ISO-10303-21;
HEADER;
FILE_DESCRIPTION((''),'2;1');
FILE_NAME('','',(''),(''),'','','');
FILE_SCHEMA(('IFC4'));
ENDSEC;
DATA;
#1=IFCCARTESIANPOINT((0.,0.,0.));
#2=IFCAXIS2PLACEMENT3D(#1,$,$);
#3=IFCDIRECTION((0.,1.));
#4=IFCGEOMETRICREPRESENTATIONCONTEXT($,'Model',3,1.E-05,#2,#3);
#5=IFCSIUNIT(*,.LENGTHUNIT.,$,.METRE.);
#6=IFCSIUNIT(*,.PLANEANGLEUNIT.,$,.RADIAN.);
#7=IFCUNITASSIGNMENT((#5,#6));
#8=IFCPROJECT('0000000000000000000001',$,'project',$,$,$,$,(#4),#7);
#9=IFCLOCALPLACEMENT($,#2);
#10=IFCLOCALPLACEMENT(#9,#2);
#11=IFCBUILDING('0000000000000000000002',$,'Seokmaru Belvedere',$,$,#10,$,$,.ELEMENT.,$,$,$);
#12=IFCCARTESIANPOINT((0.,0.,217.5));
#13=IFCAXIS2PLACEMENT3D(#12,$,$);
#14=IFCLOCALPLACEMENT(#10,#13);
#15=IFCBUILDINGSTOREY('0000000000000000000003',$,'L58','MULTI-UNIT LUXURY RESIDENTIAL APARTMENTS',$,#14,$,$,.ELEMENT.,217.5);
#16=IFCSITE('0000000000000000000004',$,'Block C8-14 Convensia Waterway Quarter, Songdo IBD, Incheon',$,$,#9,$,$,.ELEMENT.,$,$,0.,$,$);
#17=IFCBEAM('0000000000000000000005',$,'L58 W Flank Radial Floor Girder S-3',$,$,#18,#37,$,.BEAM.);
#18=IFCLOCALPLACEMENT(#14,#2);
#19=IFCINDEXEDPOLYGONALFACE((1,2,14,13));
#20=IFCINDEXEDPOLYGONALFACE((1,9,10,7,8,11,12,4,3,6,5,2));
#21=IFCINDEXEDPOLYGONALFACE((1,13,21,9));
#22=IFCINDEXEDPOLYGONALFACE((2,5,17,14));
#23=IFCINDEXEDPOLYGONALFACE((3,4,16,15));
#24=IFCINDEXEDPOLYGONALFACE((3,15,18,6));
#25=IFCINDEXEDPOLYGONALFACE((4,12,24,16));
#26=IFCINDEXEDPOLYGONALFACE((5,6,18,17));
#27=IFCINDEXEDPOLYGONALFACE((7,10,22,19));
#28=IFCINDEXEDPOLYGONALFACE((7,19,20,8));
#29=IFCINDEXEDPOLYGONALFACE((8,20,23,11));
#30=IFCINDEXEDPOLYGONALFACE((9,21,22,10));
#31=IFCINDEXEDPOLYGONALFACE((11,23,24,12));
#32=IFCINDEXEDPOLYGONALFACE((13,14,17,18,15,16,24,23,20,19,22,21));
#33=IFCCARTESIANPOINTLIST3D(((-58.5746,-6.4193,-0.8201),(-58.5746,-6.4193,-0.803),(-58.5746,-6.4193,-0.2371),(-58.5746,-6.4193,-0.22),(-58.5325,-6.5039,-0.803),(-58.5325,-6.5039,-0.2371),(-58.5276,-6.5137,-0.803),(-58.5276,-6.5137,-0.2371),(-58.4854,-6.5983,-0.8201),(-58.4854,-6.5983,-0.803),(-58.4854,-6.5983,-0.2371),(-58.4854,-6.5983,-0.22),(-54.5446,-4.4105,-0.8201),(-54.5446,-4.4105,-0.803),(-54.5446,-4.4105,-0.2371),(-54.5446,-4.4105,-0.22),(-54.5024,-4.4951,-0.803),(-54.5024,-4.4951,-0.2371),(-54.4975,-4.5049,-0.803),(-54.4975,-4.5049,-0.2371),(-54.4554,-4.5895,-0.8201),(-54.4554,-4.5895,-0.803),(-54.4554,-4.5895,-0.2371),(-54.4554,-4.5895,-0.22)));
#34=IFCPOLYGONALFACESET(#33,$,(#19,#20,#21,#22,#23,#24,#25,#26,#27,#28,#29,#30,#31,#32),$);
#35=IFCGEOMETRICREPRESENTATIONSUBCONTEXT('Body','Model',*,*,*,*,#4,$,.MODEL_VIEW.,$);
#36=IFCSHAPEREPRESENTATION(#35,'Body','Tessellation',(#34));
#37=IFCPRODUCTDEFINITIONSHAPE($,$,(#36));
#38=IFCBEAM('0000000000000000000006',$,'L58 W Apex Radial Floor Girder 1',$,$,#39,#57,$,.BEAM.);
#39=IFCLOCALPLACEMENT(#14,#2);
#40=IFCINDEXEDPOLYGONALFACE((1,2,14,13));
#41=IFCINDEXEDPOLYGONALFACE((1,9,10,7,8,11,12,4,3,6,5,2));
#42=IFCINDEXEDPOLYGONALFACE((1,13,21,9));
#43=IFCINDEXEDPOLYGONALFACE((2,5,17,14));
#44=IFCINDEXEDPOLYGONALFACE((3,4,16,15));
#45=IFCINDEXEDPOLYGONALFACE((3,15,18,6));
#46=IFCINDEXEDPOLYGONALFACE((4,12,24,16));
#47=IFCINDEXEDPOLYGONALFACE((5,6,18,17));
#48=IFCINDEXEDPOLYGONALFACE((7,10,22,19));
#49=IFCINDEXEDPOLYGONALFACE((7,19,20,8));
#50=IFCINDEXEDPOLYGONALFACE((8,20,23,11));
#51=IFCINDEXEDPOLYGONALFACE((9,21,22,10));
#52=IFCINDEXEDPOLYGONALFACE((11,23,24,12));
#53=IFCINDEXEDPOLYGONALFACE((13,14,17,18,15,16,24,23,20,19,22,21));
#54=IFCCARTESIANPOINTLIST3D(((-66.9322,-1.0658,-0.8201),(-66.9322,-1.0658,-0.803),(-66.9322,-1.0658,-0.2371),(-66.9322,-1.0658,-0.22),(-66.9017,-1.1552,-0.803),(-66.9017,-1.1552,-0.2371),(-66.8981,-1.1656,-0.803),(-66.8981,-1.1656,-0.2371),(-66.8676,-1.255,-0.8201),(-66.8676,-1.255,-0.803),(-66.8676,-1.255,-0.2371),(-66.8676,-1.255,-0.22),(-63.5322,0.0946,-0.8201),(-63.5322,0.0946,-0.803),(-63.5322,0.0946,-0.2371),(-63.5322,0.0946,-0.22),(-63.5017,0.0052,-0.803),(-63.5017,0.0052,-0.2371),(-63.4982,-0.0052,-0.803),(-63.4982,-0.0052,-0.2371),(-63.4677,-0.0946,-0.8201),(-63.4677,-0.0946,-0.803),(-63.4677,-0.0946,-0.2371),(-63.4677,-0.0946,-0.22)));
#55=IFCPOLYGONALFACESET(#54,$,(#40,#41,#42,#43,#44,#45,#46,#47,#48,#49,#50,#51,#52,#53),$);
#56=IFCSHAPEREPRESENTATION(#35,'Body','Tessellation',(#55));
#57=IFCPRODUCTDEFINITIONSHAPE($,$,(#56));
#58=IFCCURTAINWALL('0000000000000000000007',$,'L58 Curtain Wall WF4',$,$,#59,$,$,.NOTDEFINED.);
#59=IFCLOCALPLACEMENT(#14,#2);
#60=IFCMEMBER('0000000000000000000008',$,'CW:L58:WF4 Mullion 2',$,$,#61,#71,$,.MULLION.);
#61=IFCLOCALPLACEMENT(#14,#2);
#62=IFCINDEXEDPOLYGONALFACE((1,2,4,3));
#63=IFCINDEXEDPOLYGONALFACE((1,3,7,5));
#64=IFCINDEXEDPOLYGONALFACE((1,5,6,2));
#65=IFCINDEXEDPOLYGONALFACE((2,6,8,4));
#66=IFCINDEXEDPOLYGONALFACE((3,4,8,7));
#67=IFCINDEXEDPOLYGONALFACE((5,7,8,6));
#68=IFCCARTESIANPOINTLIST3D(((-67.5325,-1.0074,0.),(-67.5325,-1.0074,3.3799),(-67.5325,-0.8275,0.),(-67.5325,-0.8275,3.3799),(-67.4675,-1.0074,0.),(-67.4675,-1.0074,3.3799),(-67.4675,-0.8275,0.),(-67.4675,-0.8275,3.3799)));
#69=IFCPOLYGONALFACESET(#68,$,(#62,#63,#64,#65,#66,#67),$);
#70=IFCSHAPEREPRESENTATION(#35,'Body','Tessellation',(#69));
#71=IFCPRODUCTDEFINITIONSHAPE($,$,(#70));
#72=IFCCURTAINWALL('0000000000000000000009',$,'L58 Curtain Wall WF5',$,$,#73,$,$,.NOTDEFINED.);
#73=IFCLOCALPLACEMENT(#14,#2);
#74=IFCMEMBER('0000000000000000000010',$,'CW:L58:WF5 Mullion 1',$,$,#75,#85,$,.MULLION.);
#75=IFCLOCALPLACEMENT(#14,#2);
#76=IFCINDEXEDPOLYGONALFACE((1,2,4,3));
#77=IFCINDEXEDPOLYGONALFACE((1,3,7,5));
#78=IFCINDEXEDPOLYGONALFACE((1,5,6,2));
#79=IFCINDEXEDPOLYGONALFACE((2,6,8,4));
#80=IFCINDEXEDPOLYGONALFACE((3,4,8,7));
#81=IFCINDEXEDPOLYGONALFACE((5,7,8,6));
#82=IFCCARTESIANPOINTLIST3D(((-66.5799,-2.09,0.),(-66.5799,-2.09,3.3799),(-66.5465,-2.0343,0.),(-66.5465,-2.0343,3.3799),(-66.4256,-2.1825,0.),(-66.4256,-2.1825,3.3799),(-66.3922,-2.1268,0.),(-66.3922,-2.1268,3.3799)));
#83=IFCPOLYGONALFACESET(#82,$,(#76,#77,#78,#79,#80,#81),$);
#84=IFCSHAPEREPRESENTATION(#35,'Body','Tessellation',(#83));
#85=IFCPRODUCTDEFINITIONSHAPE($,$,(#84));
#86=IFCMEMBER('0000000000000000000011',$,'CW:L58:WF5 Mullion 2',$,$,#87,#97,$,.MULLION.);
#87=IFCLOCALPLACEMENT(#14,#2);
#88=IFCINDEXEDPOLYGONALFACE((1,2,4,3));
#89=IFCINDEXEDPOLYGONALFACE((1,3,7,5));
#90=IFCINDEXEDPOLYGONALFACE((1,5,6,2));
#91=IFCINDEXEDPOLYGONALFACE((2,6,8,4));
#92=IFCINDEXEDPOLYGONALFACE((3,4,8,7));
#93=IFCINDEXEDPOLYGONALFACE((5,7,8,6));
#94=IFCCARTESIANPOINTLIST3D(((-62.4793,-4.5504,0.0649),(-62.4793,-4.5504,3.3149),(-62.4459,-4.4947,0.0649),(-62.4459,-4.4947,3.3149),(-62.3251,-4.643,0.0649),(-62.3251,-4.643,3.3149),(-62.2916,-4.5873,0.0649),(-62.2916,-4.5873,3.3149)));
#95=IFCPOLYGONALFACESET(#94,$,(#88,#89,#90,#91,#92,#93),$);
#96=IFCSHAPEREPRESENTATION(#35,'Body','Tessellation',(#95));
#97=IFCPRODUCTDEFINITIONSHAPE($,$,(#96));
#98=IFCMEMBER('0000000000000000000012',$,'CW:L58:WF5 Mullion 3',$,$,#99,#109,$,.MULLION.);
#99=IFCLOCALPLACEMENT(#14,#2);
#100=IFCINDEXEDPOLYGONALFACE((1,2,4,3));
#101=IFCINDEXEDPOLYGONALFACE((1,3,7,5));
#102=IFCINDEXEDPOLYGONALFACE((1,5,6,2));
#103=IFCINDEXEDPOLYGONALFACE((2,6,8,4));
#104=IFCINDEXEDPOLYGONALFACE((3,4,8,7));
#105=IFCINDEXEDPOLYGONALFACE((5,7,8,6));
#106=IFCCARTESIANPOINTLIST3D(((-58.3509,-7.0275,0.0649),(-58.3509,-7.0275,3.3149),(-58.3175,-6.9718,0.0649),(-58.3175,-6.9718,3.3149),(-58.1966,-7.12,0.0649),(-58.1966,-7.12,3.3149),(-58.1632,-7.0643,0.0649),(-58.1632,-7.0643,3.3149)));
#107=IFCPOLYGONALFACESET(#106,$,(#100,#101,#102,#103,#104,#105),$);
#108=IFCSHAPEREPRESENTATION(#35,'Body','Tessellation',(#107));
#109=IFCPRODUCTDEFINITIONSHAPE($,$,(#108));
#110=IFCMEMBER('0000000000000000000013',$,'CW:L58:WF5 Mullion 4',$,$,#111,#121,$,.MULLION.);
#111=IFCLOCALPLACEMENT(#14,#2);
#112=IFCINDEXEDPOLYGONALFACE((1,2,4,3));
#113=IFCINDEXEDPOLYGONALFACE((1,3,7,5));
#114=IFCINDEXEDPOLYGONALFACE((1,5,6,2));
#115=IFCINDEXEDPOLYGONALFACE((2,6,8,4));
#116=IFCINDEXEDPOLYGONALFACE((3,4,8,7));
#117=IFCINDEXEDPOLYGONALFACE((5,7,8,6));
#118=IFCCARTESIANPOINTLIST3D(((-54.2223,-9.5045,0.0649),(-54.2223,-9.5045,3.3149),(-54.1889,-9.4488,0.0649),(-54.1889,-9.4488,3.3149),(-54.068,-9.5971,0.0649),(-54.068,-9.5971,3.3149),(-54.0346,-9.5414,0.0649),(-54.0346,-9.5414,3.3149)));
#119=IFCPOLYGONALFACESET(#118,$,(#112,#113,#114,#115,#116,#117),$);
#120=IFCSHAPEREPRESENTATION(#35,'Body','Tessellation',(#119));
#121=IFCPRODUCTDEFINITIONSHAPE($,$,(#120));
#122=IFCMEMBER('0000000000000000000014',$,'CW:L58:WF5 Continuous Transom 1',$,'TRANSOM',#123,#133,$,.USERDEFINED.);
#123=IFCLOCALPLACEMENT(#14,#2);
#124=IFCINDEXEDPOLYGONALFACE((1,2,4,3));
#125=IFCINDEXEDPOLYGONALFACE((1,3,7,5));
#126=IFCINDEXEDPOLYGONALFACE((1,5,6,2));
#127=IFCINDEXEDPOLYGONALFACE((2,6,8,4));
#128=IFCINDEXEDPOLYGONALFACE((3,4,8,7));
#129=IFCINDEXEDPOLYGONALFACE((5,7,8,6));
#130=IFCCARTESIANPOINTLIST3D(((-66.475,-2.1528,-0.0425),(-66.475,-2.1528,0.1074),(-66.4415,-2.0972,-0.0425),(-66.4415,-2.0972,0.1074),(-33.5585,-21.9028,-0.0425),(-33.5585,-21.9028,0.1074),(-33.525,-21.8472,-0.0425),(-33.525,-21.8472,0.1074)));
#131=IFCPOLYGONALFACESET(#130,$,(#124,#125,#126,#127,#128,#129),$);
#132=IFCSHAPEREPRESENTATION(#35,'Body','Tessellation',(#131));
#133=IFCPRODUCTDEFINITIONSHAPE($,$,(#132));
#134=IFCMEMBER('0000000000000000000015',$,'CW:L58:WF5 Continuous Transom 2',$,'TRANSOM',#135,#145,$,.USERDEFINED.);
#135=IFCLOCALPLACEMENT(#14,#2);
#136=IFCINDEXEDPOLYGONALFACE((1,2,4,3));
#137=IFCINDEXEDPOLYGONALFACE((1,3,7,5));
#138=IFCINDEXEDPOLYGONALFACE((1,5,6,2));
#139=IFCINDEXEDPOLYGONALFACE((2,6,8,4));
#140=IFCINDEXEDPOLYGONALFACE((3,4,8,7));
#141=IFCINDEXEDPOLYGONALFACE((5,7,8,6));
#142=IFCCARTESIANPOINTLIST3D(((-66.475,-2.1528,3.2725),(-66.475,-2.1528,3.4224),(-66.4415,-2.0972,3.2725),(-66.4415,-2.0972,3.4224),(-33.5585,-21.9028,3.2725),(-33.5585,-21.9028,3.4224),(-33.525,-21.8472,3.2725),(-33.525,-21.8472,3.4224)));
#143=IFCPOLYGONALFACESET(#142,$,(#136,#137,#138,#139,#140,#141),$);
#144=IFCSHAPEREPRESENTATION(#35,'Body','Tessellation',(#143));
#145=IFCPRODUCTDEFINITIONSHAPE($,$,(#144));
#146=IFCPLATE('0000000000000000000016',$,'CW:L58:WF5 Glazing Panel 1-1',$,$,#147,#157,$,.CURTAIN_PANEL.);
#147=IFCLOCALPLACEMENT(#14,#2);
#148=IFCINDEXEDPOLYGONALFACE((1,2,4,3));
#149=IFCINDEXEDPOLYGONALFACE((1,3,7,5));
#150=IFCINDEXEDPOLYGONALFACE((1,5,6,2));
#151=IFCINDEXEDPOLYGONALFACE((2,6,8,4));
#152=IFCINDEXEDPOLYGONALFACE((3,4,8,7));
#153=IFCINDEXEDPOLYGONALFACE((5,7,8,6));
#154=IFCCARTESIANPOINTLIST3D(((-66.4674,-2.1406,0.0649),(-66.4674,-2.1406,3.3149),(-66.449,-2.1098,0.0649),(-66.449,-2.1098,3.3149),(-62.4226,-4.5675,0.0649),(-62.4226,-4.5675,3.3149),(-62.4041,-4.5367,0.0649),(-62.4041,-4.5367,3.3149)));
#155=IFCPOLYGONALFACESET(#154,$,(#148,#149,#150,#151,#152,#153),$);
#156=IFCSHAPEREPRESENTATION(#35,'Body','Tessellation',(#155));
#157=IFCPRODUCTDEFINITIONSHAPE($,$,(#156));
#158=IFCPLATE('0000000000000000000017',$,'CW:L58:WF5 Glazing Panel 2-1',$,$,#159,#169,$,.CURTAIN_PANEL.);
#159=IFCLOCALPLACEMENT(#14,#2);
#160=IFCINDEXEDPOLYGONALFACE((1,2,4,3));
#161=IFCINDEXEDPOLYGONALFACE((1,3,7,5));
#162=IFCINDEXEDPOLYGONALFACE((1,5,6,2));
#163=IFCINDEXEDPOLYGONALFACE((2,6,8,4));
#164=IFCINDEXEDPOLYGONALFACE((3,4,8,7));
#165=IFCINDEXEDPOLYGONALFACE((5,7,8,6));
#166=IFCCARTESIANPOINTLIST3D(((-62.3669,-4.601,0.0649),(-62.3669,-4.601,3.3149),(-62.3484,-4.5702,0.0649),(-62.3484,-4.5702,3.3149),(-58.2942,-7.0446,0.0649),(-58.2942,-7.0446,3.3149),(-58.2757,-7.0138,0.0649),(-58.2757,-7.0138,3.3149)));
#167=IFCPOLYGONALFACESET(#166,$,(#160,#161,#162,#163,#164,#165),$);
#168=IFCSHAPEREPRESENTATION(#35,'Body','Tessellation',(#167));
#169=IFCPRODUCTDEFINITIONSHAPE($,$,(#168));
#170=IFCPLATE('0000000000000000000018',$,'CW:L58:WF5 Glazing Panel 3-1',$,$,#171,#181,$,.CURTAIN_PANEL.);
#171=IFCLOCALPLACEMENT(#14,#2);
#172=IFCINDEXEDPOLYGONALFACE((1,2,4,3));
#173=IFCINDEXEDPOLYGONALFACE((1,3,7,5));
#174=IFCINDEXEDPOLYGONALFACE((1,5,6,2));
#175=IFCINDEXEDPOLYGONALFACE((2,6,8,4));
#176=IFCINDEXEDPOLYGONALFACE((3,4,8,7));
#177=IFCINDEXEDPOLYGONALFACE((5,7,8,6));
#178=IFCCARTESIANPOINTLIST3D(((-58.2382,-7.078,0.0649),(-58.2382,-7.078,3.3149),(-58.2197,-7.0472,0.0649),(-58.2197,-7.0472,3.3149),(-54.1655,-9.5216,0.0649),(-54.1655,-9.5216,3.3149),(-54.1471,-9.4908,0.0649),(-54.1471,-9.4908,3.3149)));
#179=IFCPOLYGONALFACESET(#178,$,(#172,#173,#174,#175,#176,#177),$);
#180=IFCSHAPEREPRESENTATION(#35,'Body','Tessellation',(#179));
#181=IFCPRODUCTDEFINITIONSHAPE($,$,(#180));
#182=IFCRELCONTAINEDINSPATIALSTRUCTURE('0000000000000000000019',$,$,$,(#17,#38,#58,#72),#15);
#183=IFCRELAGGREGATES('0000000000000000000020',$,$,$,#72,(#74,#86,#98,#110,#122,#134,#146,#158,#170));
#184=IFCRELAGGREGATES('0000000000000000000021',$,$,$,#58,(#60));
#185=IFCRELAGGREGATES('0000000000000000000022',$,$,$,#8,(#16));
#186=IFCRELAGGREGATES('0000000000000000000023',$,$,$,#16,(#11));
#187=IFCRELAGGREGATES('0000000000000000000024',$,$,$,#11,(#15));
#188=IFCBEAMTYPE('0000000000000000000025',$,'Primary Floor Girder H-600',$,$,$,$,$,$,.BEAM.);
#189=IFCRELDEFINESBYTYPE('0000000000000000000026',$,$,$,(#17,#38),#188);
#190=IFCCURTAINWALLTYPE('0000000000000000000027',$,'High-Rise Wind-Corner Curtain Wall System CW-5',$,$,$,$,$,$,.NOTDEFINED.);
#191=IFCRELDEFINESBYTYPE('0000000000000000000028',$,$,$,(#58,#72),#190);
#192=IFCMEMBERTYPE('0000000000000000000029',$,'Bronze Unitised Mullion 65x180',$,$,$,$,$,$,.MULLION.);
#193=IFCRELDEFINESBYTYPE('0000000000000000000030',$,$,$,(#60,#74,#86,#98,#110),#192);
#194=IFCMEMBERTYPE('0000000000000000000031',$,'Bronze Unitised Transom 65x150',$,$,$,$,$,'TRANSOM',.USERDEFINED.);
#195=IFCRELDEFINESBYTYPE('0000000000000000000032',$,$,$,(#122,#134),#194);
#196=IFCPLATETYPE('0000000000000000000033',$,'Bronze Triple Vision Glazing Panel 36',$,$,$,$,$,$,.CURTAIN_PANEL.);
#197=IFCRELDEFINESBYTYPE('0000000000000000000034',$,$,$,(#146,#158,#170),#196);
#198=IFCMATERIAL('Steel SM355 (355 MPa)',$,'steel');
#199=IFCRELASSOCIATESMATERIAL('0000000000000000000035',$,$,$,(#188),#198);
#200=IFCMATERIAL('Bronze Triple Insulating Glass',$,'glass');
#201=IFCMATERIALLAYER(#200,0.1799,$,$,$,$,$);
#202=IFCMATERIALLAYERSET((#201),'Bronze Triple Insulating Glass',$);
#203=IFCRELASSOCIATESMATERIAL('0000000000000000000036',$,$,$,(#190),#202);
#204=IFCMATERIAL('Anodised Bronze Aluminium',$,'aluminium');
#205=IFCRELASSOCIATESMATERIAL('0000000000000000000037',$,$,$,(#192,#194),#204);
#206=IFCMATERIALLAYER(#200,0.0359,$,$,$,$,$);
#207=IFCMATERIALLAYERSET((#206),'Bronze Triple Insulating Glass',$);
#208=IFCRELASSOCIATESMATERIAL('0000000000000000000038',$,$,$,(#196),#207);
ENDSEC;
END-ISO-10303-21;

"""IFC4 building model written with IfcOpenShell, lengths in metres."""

from ifc_helpers import new_model, si_unit, direction, frame, origin, origin_2d, place, context, subcontext, project, spatial, rectangle, i_section, extrude, source, transform, mapped, material, layer, layer_set, material_profile, profile_set, type_object, type_shapes, element, aggregate, save


model = new_model("IFC4")

# Units and contexts
model_context = context("Model", 3, precision=1e-05, world=origin(), true_north=direction((0.0, 1.0)))
body_context = subcontext(model_context, "Body", "Model", "MODEL_VIEW")
ifc_project = project(units=[si_unit("LENGTHUNIT", "METRE"), si_unit("PLANEANGLEUNIT", "RADIAN")], contexts=[model_context])

# Site, building, storey
site_placement = place(None, origin())
site = spatial("IfcSite", under=ifc_project, at=site_placement, Name="Block C8-14 Convensia Waterway Quarter, Songdo IBD, Incheon", CompositionType="ELEMENT", RefElevation=0.0)
building_placement = place(site_placement, origin())
building = spatial("IfcBuilding", under=site, at=building_placement, Name="Seokmaru Belvedere", CompositionType="ELEMENT")
storey_placement = place(building_placement, frame((0.0, 0.0, 217.5)))
storey = spatial("IfcBuildingStorey", under=building, at=storey_placement, Name="L58", Description="MULTI-UNIT LUXURY RESIDENTIAL APARTMENTS", CompositionType="ELEMENT", Elevation=217.5)

# Shared definitions
ifc_material_1 = material(Name="Steel SM355 (355 MPa)", Category="steel")

# Beams
ifc_material_profile_1 = material_profile(ifc_material_1, i_section(OverallWidth=0.2, OverallDepth=0.6001, WebThickness=0.011, FlangeThickness=0.0171, at=origin_2d()), Name="H-600x200x11x17")
ifc_profile_set_1 = profile_set([ifc_material_profile_1], Name="Steel SM355 (355 MPa)")
beam_type_1 = type_object("IfcBeamType", Name="Primary Floor Girder H-600", PredefinedType="BEAM", material=ifc_profile_set_1)
shared_shape_1 = source(origin(), body_context, "Body", "SweptSolid", [
    extrude(i_section(OverallWidth=0.2, OverallDepth=0.6001, WebThickness=0.011, FlangeThickness=0.0171, at=origin_2d()), origin(), (0.0, 0.0, 1.0), 4.5029),
])
beam_1_placement = place(storey_placement, frame((-58.53, -6.5088, -0.52), z_axis=(0.89498, 0.446107, 0.0), x_axis=(-0.446107, 0.89498, 0.0)))
element("IfcBeam", 1, at=beam_1_placement, inside=storey, type_object=beam_type_1, Name="L58 W Flank Radial Floor Girder S-3", PredefinedType="BEAM", context=body_context, shape_type="MappedRepresentation", body=[
    mapped(shared_shape_1, transform((0.0, 0.0, 0.0), scale=1.0)),
])
shared_shape_2 = source(origin(), body_context, "Body", "SweptSolid", [
    extrude(i_section(OverallWidth=0.2, OverallDepth=0.6001, WebThickness=0.011, FlangeThickness=0.0171, at=origin_2d()), origin(), (0.0, 0.0, 1.0), 3.5925),
])
beam_2_placement = place(storey_placement, frame((-66.8999, -1.1604, -0.52), z_axis=(0.946396, 0.323009, 0.0), x_axis=(-0.323009, 0.946396, 0.0)))
element("IfcBeam", 2, at=beam_2_placement, inside=storey, type_object=beam_type_1, Name="L58 W Apex Radial Floor Girder 1", PredefinedType="BEAM", context=body_context, shape_type="MappedRepresentation", body=[
    mapped(shared_shape_2, transform((0.0, 0.0, 0.0), scale=1.0)),
])

# Curtain wall, member
ifc_material_2 = material(Name="Bronze Triple Insulating Glass", Category="glass")
ifc_layer_1 = layer(ifc_material_2, 0.1799)
ifc_layer_set_1 = layer_set([ifc_layer_1], Name="Bronze Triple Insulating Glass")
curtain_wall_type = type_object("IfcCurtainWallType", Name="High-Rise Wind-Corner Curtain Wall System CW-5", PredefinedType="NOTDEFINED", material=ifc_layer_set_1)
curtain_wall_1_placement = place(storey_placement, origin())
curtain_wall_1 = element("IfcCurtainWall", 3, at=curtain_wall_1_placement, inside=storey, type_object=curtain_wall_type, Name="L58 Curtain Wall WF4", PredefinedType="NOTDEFINED")
ifc_material_3 = material(Name="Anodised Bronze Aluminium", Category="aluminium")
ifc_material_profile_2 = material_profile(ifc_material_3, rectangle(XDim=0.0649, YDim=0.1799, at=origin_2d()), Name="CW-M-65x180")
ifc_profile_set_2 = profile_set([ifc_material_profile_2], Name="Anodised Bronze Aluminium")
member_type_1 = type_object("IfcMemberType", Name="Bronze Unitised Mullion 65x180", PredefinedType="MULLION", material=ifc_profile_set_2)
shared_shape_3 = source(origin(), body_context, "Body", "SweptSolid", [
    extrude(rectangle(XDim=0.0649, YDim=0.1799, at=origin_2d()), origin(), (0.0, 0.0, 1.0), 3.3799),
])
member_1_placement = place(storey_placement, frame((-67.5, -0.9175, 0.0), z_axis=(0.0, 0.0, 1.0), x_axis=(1.0, 0.0, 0.0)))
member_1 = element("IfcMember", 4, at=member_1_placement, type_object=member_type_1, Name="CW:L58:WF4 Mullion 2", PredefinedType="MULLION", context=body_context, shape_type="MappedRepresentation", body=[
    mapped(shared_shape_3, transform((0.0, 0.0, 0.0), scale=1.0)),
])

# Curtain wall, members, plates
curtain_wall_2_placement = place(storey_placement, origin())
curtain_wall_2 = element("IfcCurtainWall", 5, at=curtain_wall_2_placement, inside=storey, type_object=curtain_wall_type, Name="L58 Curtain Wall WF5", PredefinedType="NOTDEFINED")
member_2_placement = place(storey_placement, frame((-66.4861, -2.1084, 0.0), z_axis=(0.0, 0.0, 1.0), x_axis=(0.514495, 0.857493, 0.0)))
member_2 = element("IfcMember", 6, at=member_2_placement, type_object=member_type_1, Name="CW:L58:WF5 Mullion 1", PredefinedType="MULLION", context=body_context, shape_type="MappedRepresentation", body=[
    mapped(shared_shape_3, transform((0.0, 0.0, 0.0), scale=1.0)),
])
shared_shape_4 = source(origin(), body_context, "Body", "SweptSolid", [
    extrude(rectangle(XDim=0.0649, YDim=0.1799, at=origin_2d()), origin(), (0.0, 0.0, 1.0), 3.25),
])
type_shapes(member_type_1, [shared_shape_3, shared_shape_4])
member_3_placement = place(storey_placement, frame((-62.3855, -4.5688, 0.0649), z_axis=(0.0, 0.0, 1.0), x_axis=(0.514495, 0.857493, 0.0)))
member_3 = element("IfcMember", 7, at=member_3_placement, type_object=member_type_1, Name="CW:L58:WF5 Mullion 2", PredefinedType="MULLION", context=body_context, shape_type="MappedRepresentation", body=[
    mapped(shared_shape_4, transform((0.0, 0.0, 0.0), scale=1.0)),
])
member_4_placement = place(storey_placement, frame((-58.2571, -7.0459, 0.0649), z_axis=(0.0, 0.0, 1.0), x_axis=(0.514495, 0.857493, 0.0)))
member_4 = element("IfcMember", 8, at=member_4_placement, type_object=member_type_1, Name="CW:L58:WF5 Mullion 3", PredefinedType="MULLION", context=body_context, shape_type="MappedRepresentation", body=[
    mapped(shared_shape_4, transform((0.0, 0.0, 0.0), scale=1.0)),
])
member_5_placement = place(storey_placement, frame((-54.1284, -9.5229, 0.0649), z_axis=(0.0, 0.0, 1.0), x_axis=(0.514495, 0.857493, 0.0)))
member_5 = element("IfcMember", 9, at=member_5_placement, type_object=member_type_1, Name="CW:L58:WF5 Mullion 4", PredefinedType="MULLION", context=body_context, shape_type="MappedRepresentation", body=[
    mapped(shared_shape_4, transform((0.0, 0.0, 0.0), scale=1.0)),
])
ifc_material_profile_3 = material_profile(ifc_material_3, rectangle(XDim=0.0649, YDim=0.1499, at=origin_2d()), Name="CW-T-65x150")
ifc_profile_set_3 = profile_set([ifc_material_profile_3], Name="Anodised Bronze Aluminium")
member_type_2 = type_object("IfcMemberType", Name="Bronze Unitised Transom 65x150", ElementType="TRANSOM", PredefinedType="USERDEFINED", material=ifc_profile_set_3)
shared_shape_5 = source(origin(), body_context, "Body", "SweptSolid", [
    extrude(rectangle(XDim=0.0649, YDim=0.1499, at=origin_2d()), origin(), (0.0, 0.0, 1.0), 38.387),
])
type_shapes(member_type_2, [shared_shape_5])
member_6_placement = place(storey_placement, frame((-66.4583, -2.125, 0.0325), z_axis=(0.857492, -0.514498, 0.0), x_axis=(0.514498, 0.857492, 0.0)))
member_6 = element("IfcMember", 10, at=member_6_placement, type_object=member_type_2, Name="CW:L58:WF5 Continuous Transom 1", ObjectType="TRANSOM", PredefinedType="USERDEFINED", context=body_context, shape_type="MappedRepresentation", body=[
    mapped(shared_shape_5, transform((0.0, 0.0, 0.0), scale=1.0)),
])
member_7_placement = place(storey_placement, frame((-66.4583, -2.125, 3.3474), z_axis=(0.857492, -0.514498, 0.0), x_axis=(0.514498, 0.857492, 0.0)))
member_7 = element("IfcMember", 11, at=member_7_placement, type_object=member_type_2, Name="CW:L58:WF5 Continuous Transom 2", ObjectType="TRANSOM", PredefinedType="USERDEFINED", context=body_context, shape_type="MappedRepresentation", body=[
    mapped(shared_shape_5, transform((0.0, 0.0, 0.0), scale=1.0)),
])
ifc_layer_2 = layer(ifc_material_2, 0.0359)
ifc_layer_set_2 = layer_set([ifc_layer_2], Name="Bronze Triple Insulating Glass")
plate_type = type_object("IfcPlateType", Name="Bronze Triple Vision Glazing Panel 36", PredefinedType="CURTAIN_PANEL", material=ifc_layer_set_2)
shared_shape_6 = source(origin(), body_context, "Body", "SweptSolid", [
    extrude(rectangle(XDim=4.717, YDim=0.0359, at=origin_2d()), origin(), (0.0, 0.0, 1.0), 3.25),
])
plate_1_placement = place(storey_placement, frame((-64.4358, -3.3386, 0.0649), z_axis=(0.0, 0.0, 1.0), x_axis=(0.857493, -0.514495, 0.0)))
plate_1 = element("IfcPlate", 12, at=plate_1_placement, type_object=plate_type, Name="CW:L58:WF5 Glazing Panel 1-1", PredefinedType="CURTAIN_PANEL", context=body_context, shape_type="MappedRepresentation", body=[
    mapped(shared_shape_6, transform((0.0, 0.0, 0.0), scale=1.0)),
])
shared_shape_7 = source(origin(), body_context, "Body", "SweptSolid", [
    extrude(rectangle(XDim=4.7495, YDim=0.0359, at=origin_2d()), origin(), (0.0, 0.0, 1.0), 3.25),
])
plate_2_placement = place(storey_placement, frame((-60.3213, -5.8074, 0.0649), z_axis=(0.0, 0.0, 1.0), x_axis=(0.857493, -0.514495, 0.0)))
plate_2 = element("IfcPlate", 13, at=plate_2_placement, type_object=plate_type, Name="CW:L58:WF5 Glazing Panel 2-1", PredefinedType="CURTAIN_PANEL", context=body_context, shape_type="MappedRepresentation", body=[
    mapped(shared_shape_7, transform((0.0, 0.0, 0.0), scale=1.0)),
])
plate_3_placement = place(storey_placement, frame((-56.1926, -8.2844, 0.0649), z_axis=(0.0, 0.0, 1.0), x_axis=(0.857493, -0.514495, 0.0)))
plate_3 = element("IfcPlate", 14, at=plate_3_placement, type_object=plate_type, Name="CW:L58:WF5 Glazing Panel 3-1", PredefinedType="CURTAIN_PANEL", context=body_context, shape_type="MappedRepresentation", body=[
    mapped(shared_shape_7, transform((0.0, 0.0, 0.0), scale=1.0)),
])
aggregate(curtain_wall_2, [member_2, member_3, member_4, member_5, member_6, member_7, plate_1, plate_2, plate_3])

aggregate(curtain_wall_1, [member_1])

save(model, "model.ifc")
